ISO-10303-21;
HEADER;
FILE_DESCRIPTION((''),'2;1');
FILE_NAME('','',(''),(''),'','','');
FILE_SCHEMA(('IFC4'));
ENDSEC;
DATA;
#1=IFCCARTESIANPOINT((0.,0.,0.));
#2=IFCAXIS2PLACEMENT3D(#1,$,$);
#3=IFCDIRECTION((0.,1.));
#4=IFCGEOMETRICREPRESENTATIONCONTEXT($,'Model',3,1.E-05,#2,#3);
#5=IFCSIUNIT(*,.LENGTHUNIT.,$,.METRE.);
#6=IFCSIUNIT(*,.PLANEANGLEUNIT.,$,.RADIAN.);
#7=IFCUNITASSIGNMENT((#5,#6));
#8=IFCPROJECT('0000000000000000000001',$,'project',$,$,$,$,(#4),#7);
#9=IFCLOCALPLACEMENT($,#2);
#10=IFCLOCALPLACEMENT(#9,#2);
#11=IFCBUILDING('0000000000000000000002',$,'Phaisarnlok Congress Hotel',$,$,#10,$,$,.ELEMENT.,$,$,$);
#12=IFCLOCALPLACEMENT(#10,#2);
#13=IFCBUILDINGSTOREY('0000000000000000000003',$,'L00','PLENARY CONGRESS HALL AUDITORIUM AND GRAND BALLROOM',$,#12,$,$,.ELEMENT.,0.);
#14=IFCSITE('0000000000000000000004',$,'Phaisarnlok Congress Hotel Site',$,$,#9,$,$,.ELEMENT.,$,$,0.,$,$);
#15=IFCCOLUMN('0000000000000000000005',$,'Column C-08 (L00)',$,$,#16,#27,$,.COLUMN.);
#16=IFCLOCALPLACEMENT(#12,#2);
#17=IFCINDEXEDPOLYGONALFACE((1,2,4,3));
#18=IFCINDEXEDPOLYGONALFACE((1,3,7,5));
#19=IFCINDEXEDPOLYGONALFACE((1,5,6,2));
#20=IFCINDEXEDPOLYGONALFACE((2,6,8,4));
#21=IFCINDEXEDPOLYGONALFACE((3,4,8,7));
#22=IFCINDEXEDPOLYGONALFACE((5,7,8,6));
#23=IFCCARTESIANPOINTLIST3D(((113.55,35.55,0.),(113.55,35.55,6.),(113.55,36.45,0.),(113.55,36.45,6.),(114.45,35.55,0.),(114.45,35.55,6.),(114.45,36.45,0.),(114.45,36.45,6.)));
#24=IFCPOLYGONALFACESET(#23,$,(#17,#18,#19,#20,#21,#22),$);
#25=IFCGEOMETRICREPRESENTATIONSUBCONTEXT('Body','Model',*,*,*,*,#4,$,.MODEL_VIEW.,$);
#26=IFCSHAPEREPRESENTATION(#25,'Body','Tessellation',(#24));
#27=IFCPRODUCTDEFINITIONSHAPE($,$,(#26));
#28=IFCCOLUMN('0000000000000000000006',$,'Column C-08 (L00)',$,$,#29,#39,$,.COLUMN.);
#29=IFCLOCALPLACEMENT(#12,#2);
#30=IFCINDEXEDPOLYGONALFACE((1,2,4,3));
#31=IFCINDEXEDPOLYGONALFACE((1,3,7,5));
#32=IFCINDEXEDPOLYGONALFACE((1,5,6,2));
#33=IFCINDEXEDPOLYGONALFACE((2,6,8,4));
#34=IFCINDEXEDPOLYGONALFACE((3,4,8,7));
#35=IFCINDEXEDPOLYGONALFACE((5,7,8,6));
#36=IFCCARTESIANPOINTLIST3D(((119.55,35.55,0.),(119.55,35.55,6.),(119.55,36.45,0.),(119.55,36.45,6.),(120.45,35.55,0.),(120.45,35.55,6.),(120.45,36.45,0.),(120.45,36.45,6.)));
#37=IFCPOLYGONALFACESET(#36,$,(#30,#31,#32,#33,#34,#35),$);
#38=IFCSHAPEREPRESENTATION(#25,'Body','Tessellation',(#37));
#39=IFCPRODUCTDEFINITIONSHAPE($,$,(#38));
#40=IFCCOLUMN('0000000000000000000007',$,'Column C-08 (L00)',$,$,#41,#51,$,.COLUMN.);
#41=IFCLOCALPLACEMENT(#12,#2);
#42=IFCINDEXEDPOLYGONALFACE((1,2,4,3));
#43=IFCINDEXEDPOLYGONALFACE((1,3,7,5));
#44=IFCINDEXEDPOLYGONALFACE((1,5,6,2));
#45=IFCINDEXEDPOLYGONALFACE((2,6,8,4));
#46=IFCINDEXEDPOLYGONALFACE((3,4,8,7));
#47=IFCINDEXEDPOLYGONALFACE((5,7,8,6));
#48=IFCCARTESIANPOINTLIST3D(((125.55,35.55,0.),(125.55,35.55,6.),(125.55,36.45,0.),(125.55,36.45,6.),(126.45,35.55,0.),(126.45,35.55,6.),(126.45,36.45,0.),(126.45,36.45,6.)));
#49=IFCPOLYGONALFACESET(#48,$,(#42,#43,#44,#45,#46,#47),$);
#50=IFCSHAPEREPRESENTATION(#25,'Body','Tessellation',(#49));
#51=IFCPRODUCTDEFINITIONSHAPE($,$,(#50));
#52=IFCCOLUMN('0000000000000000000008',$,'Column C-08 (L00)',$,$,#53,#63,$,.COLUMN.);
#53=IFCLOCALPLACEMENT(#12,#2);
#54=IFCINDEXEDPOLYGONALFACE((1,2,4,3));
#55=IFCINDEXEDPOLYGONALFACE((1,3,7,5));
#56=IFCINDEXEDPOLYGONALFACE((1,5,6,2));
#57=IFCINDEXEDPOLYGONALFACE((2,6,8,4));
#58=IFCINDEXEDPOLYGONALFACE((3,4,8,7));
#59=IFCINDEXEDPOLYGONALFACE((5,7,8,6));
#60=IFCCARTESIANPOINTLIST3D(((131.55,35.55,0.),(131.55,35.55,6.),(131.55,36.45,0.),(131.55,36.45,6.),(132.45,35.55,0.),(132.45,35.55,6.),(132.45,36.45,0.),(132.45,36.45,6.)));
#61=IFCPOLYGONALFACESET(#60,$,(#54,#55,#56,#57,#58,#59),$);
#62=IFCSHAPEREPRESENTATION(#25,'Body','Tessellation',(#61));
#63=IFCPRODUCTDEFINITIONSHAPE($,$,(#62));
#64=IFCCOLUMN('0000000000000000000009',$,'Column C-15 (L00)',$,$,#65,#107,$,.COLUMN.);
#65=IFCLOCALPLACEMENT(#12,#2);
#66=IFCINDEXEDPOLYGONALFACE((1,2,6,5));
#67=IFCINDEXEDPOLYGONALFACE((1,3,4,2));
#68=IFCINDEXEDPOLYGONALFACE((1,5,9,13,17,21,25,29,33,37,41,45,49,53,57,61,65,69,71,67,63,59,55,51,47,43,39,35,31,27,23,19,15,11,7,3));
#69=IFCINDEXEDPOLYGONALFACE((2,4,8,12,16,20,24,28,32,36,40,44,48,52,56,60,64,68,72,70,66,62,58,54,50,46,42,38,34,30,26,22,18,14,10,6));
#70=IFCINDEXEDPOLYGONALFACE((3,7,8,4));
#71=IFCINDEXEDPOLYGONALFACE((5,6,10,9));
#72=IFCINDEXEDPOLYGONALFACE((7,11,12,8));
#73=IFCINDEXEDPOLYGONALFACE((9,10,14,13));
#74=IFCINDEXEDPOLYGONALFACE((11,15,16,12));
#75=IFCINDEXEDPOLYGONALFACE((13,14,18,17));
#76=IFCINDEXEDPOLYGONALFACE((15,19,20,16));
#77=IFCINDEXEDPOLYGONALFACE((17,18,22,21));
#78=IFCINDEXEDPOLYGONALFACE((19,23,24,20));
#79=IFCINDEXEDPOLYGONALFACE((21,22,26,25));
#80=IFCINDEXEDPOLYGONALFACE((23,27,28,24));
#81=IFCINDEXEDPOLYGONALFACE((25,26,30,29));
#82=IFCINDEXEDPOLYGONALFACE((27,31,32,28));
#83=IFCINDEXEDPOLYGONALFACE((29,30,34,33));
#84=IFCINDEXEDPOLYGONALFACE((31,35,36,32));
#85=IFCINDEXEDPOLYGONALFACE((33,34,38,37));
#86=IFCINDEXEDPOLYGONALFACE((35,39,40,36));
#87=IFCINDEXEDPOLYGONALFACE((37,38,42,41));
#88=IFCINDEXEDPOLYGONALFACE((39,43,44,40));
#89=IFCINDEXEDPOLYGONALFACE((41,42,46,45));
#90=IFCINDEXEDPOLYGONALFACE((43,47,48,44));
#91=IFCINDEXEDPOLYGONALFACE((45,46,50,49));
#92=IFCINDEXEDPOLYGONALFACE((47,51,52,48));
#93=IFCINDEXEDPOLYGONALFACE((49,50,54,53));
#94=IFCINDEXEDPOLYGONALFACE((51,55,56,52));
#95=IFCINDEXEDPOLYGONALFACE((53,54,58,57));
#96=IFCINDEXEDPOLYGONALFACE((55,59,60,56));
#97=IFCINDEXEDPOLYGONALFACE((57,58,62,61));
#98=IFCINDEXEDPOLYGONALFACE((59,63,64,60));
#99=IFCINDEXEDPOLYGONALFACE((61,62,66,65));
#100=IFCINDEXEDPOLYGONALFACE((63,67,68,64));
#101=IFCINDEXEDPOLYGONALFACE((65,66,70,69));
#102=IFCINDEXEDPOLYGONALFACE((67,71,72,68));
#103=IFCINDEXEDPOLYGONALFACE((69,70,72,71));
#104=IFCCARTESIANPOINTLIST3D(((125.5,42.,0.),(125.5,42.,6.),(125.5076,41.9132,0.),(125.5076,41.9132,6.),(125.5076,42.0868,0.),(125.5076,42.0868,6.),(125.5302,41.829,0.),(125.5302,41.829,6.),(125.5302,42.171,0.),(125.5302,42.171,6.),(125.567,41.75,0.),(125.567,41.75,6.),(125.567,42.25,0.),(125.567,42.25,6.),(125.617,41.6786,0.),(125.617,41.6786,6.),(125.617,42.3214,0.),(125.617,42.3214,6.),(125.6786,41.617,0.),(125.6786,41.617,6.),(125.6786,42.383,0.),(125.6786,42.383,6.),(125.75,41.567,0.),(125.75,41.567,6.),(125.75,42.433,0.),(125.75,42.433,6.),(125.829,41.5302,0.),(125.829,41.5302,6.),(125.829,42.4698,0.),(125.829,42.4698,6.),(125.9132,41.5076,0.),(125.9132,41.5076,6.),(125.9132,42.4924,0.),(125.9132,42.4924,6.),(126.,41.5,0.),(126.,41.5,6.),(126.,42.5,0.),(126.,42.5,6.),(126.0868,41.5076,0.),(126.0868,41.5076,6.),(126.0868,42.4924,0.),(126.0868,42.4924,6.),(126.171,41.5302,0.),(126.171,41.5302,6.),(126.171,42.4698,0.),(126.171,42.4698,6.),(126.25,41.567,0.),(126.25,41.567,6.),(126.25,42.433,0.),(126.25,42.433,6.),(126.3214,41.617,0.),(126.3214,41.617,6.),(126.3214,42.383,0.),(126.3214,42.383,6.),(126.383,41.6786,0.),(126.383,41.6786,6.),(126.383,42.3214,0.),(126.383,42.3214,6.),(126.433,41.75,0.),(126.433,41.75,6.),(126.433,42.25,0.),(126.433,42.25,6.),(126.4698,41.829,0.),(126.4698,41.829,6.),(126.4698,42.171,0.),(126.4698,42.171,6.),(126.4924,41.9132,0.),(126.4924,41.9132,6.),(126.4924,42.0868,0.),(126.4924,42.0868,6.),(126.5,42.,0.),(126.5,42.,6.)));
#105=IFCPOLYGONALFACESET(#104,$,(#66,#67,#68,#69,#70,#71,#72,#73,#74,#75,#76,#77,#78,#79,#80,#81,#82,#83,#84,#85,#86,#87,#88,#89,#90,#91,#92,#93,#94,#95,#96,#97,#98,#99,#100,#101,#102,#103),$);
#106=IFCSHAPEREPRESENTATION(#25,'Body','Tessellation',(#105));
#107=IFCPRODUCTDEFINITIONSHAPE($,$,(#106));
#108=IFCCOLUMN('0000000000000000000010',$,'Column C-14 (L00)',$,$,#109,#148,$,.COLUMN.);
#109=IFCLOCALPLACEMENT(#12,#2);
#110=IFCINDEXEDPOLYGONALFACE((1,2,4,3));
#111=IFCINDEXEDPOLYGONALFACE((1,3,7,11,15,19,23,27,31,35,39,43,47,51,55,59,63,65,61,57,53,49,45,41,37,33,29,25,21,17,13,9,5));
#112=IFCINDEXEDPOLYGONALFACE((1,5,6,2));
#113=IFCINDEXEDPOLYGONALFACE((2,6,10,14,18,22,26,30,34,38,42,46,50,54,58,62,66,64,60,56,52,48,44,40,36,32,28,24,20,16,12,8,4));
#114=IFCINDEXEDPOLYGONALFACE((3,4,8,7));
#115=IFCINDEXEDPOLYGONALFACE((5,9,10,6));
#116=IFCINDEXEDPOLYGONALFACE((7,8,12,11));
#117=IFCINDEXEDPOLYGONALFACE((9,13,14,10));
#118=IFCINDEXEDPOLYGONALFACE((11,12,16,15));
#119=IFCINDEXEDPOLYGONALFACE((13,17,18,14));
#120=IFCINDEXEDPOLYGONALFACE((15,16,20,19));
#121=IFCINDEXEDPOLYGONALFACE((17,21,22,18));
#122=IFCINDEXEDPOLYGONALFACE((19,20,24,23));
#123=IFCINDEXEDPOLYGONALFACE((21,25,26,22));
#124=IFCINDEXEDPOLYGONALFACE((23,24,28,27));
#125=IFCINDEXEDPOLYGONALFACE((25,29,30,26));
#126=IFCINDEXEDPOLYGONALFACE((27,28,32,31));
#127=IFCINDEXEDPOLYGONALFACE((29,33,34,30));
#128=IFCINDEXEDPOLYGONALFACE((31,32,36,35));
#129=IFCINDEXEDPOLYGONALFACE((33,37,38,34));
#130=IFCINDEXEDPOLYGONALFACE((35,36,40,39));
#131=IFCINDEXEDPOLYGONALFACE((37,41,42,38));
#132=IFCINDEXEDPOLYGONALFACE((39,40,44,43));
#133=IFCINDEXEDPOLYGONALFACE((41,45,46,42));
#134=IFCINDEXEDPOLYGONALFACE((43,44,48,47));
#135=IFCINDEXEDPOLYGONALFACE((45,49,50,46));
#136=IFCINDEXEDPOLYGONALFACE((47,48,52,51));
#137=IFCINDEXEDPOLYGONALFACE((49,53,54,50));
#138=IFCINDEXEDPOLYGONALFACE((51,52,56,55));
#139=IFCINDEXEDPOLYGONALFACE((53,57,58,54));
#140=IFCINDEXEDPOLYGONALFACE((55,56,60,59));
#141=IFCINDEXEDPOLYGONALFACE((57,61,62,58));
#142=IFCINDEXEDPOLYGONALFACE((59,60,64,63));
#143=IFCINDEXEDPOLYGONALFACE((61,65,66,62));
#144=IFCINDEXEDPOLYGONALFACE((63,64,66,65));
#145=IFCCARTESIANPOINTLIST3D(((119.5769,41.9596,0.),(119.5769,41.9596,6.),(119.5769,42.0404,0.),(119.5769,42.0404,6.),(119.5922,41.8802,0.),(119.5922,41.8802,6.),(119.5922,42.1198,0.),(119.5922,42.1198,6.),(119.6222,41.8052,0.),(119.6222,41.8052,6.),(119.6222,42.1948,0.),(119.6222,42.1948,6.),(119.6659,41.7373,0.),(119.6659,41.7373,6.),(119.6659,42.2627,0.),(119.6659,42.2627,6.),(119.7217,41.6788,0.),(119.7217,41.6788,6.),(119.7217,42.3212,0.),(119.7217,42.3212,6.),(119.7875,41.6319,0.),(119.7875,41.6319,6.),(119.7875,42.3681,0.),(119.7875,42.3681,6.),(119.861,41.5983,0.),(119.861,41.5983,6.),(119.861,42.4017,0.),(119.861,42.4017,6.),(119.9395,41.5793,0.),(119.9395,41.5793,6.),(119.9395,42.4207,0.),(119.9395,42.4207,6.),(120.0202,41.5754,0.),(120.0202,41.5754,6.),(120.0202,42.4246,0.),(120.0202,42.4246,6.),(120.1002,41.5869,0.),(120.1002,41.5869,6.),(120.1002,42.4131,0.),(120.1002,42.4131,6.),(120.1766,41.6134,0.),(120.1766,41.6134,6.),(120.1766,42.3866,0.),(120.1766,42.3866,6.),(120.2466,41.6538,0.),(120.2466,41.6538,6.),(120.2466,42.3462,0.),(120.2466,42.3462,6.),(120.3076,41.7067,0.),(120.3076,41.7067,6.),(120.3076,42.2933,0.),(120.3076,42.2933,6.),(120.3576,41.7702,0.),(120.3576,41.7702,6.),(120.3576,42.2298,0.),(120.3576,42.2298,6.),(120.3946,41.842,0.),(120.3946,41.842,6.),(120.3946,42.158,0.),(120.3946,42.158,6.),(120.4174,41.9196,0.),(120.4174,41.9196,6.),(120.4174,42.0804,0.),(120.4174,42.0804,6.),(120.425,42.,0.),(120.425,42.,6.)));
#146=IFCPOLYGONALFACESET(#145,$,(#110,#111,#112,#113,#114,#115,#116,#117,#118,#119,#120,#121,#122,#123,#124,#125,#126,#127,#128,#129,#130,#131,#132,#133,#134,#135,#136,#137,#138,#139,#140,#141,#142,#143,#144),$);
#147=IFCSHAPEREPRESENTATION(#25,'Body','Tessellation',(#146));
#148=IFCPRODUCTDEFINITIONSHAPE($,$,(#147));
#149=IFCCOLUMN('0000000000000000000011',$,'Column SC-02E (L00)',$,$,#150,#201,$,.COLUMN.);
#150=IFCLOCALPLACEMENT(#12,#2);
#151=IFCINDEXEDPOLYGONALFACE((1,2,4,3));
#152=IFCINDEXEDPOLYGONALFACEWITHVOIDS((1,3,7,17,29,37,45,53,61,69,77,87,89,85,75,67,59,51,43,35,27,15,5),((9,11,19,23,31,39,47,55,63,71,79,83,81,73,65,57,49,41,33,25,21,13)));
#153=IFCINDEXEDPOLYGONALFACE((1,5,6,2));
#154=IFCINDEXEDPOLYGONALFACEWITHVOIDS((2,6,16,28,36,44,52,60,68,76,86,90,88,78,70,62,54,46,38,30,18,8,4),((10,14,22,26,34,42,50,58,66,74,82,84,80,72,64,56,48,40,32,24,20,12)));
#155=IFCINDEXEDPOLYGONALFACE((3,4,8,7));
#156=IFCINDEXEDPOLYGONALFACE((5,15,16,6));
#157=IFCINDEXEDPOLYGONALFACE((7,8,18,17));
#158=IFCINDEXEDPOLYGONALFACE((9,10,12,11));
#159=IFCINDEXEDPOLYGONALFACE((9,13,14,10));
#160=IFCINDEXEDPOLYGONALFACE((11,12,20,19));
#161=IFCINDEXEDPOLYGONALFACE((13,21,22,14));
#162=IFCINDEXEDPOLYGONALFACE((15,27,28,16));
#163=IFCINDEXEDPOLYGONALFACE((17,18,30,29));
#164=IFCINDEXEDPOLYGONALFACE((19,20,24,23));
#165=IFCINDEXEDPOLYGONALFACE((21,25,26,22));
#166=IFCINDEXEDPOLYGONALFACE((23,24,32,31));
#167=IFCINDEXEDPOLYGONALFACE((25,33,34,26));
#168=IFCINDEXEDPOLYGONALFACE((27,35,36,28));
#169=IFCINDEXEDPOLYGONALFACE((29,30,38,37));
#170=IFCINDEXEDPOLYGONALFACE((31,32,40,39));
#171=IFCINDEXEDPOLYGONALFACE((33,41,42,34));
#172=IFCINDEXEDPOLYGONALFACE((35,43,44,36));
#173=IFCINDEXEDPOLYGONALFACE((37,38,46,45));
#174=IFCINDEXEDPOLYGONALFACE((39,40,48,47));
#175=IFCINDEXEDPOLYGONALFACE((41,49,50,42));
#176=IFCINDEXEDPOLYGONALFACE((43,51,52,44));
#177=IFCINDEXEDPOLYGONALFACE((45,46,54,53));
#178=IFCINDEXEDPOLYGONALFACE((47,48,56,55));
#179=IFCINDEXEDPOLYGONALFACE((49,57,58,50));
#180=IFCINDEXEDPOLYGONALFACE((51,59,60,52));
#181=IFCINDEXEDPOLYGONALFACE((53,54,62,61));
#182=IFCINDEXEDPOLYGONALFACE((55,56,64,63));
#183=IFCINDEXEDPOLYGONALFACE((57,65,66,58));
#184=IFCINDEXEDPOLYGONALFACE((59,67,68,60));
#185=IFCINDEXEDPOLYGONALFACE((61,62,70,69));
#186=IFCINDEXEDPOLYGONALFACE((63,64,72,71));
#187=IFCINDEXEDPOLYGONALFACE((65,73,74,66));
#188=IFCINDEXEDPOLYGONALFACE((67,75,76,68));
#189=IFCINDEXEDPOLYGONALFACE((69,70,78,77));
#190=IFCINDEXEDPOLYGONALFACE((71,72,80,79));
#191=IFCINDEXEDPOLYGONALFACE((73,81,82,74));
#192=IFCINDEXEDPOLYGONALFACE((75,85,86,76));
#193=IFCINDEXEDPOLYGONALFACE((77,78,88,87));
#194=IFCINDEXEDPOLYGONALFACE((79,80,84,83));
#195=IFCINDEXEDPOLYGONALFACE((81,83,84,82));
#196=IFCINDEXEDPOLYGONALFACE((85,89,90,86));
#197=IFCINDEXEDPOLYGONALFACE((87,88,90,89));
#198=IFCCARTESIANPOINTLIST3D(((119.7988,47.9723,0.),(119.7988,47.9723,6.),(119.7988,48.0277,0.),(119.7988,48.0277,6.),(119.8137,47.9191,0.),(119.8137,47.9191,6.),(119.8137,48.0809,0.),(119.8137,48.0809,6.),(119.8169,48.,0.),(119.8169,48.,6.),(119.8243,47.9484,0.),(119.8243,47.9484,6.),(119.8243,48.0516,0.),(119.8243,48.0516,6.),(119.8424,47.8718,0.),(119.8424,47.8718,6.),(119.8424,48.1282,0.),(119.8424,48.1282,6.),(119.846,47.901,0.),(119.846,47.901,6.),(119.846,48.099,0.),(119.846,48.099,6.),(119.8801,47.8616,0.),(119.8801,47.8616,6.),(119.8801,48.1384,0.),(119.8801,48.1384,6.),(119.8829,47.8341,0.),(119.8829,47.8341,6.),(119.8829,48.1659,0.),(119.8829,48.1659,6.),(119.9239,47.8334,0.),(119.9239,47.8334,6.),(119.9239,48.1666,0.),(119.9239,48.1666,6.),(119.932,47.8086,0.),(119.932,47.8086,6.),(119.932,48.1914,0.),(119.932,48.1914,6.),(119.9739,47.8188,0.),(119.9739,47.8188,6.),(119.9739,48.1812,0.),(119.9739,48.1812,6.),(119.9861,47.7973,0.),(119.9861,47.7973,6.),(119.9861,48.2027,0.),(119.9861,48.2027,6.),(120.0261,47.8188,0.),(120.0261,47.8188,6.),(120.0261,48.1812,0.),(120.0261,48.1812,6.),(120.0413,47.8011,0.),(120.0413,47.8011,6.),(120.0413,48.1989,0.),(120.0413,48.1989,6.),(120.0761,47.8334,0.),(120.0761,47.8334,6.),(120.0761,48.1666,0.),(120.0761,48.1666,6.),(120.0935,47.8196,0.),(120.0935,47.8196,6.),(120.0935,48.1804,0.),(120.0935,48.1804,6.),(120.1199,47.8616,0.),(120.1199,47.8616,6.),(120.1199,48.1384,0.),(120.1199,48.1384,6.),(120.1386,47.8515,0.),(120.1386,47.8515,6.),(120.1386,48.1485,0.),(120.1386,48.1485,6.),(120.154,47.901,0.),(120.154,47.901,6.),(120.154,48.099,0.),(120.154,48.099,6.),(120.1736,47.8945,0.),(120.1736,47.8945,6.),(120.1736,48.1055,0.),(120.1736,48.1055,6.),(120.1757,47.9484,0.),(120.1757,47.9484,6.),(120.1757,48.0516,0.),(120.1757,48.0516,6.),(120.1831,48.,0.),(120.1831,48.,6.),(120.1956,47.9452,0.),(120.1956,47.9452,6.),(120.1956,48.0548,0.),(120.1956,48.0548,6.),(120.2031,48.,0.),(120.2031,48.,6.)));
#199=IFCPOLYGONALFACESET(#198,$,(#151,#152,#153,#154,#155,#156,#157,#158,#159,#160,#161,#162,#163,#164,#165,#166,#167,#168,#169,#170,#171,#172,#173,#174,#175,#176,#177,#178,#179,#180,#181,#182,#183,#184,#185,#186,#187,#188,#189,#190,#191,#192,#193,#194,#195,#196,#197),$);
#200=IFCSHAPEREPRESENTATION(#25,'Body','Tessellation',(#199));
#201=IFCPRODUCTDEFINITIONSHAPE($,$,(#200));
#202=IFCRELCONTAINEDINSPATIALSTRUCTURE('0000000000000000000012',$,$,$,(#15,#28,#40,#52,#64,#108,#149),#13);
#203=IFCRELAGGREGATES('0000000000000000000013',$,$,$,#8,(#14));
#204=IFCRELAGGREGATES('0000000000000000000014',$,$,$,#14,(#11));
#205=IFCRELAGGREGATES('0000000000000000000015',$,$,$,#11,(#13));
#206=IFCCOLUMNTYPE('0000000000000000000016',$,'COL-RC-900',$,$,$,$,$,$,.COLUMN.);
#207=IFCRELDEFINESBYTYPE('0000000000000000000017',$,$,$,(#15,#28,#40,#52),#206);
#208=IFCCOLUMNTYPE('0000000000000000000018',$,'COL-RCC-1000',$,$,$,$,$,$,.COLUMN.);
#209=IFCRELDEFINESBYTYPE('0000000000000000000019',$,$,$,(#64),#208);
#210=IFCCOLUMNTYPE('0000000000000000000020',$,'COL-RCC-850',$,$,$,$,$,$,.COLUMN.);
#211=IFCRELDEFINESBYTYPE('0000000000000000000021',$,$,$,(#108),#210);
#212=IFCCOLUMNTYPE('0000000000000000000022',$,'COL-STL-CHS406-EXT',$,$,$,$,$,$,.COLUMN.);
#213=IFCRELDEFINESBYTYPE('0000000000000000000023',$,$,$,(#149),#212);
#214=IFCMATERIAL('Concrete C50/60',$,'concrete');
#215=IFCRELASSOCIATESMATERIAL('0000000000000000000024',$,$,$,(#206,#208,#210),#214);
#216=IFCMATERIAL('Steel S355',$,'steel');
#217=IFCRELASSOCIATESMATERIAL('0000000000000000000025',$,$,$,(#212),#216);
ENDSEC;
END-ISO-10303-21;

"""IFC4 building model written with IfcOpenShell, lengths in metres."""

from ifc_helpers import new_model, si_unit, direction, frame, origin, origin_2d, place, context, subcontext, project, spatial, rectangle, circle, hollow_circle, extrude, material, material_profile, profile_set, type_object, element, save


model = new_model("IFC4")

# Units and contexts
model_context = context("Model", 3, precision=1e-05, world=origin(), true_north=direction((0.0, 1.0)))
body_context = subcontext(model_context, "Body", "Model", "MODEL_VIEW")
ifc_project = project(units=[si_unit("LENGTHUNIT", "METRE"), si_unit("PLANEANGLEUNIT", "RADIAN")], contexts=[model_context])

# Site, building, storey
site_placement = place(None, origin())
site = spatial("IfcSite", under=ifc_project, at=site_placement, Name="Phaisarnlok Congress Hotel Site", CompositionType="ELEMENT", RefElevation=0.0)
building_placement = place(site_placement, origin())
building = spatial("IfcBuilding", under=site, at=building_placement, Name="Phaisarnlok Congress Hotel", CompositionType="ELEMENT")
storey_placement = place(building_placement, origin())
storey = spatial("IfcBuildingStorey", under=building, at=storey_placement, Name="L00", Description="PLENARY CONGRESS HALL AUDITORIUM AND GRAND BALLROOM", CompositionType="ELEMENT", Elevation=0.0)

# Columns
ifc_material_1 = material(Name="Concrete C50/60", Category="concrete")
ifc_material_profile_1 = material_profile(ifc_material_1, rectangle(XDim=0.8999, YDim=0.8999, at=origin_2d()), Name="RC 900x900")
ifc_profile_set_1 = profile_set([ifc_material_profile_1], Name="Concrete C50/60")
column_type_1 = type_object("IfcColumnType", Name="COL-RC-900", PredefinedType="COLUMN", material=ifc_profile_set_1)
for number, where, z_axis, x_axis, name in (
    (1, (114.0, 36.0, 0.0), (0.0, 0.0, 1.0), (1.0, 0.0, 0.0), "Column C-08 (L00)"),
    (2, (120.0, 36.0, 0.0), (0.0, 0.0, 1.0), (1.0, 0.0, 0.0), "Column C-08 (L00)"),
    (3, (126.0, 36.0, 0.0), (0.0, 0.0, 1.0), (1.0, 0.0, 0.0), "Column C-08 (L00)"),
    (4, (132.0, 36.0, 0.0), (0.0, 0.0, 1.0), (1.0, 0.0, 0.0), "Column C-08 (L00)"),
):
    element("IfcColumn", number, at=place(storey_placement, frame(where, z_axis=z_axis, x_axis=x_axis)), inside=storey, type_object=column_type_1, Name=name, PredefinedType="COLUMN", context=body_context, shape_type="SweptSolid", body=[
        extrude(rectangle(XDim=0.8999, YDim=0.8999, at=origin_2d()), origin(), (0.0, 0.0, 1.0), 6.0),
    ])
ifc_material_profile_2 = material_profile(ifc_material_1, circle(Radius=0.5, at=origin_2d()), Name="RCC D1000")
ifc_profile_set_2 = profile_set([ifc_material_profile_2], Name="Concrete C50/60")
column_type_2 = type_object("IfcColumnType", Name="COL-RCC-1000", PredefinedType="COLUMN", material=ifc_profile_set_2)
column_1_placement = place(storey_placement, frame((126.0, 42.0, 0.0), z_axis=(0.0, 0.0, 1.0), x_axis=(1.0, 0.0, 0.0)))
element("IfcColumn", 5, at=column_1_placement, inside=storey, type_object=column_type_2, Name="Column C-15 (L00)", PredefinedType="COLUMN", context=body_context, shape_type="SweptSolid", body=[
    extrude(circle(Radius=0.5, at=origin_2d()), origin(), (0.0, 0.0, 1.0), 6.0),
])
ifc_material_profile_3 = material_profile(ifc_material_1, circle(Radius=0.425, at=origin_2d()), Name="RCC D850")
ifc_profile_set_3 = profile_set([ifc_material_profile_3], Name="Concrete C50/60")
column_type_3 = type_object("IfcColumnType", Name="COL-RCC-850", PredefinedType="COLUMN", material=ifc_profile_set_3)
column_2_placement = place(storey_placement, frame((120.0, 42.0, 0.0), z_axis=(0.0, 0.0, 1.0), x_axis=(1.0, 0.0, 0.0)))
element("IfcColumn", 6, at=column_2_placement, inside=storey, type_object=column_type_3, Name="Column C-14 (L00)", PredefinedType="COLUMN", context=body_context, shape_type="SweptSolid", body=[
    extrude(circle(Radius=0.425, at=origin_2d()), origin(), (0.0, 0.0, 1.0), 6.0),
])
ifc_material_2 = material(Name="Steel S355", Category="steel")
ifc_material_profile_4 = material_profile(ifc_material_2, hollow_circle(Radius=0.2031, WallThickness=0.02, at=origin_2d()), Name="CHS 406.4x20")
ifc_profile_set_4 = profile_set([ifc_material_profile_4], Name="Steel S355")
column_type_4 = type_object("IfcColumnType", Name="COL-STL-CHS406-EXT", PredefinedType="COLUMN", material=ifc_profile_set_4)
for number, where, z_axis, x_axis, name in (
    (7, (120.0, 48.0, 0.0), (0.0, 0.0, 1.0), (1.0, 0.0, 0.0), "Column SC-02E (L00)"),
):
    element("IfcColumn", number, at=place(storey_placement, frame(where, z_axis=z_axis, x_axis=x_axis)), inside=storey, type_object=column_type_4, Name=name, PredefinedType="COLUMN", context=body_context, shape_type="SweptSolid", body=[
        extrude(hollow_circle(Radius=0.2031, WallThickness=0.02, at=origin_2d()), origin(), (0.0, 0.0, 1.0), 6.0),
    ])

save(model, "model.ifc")
